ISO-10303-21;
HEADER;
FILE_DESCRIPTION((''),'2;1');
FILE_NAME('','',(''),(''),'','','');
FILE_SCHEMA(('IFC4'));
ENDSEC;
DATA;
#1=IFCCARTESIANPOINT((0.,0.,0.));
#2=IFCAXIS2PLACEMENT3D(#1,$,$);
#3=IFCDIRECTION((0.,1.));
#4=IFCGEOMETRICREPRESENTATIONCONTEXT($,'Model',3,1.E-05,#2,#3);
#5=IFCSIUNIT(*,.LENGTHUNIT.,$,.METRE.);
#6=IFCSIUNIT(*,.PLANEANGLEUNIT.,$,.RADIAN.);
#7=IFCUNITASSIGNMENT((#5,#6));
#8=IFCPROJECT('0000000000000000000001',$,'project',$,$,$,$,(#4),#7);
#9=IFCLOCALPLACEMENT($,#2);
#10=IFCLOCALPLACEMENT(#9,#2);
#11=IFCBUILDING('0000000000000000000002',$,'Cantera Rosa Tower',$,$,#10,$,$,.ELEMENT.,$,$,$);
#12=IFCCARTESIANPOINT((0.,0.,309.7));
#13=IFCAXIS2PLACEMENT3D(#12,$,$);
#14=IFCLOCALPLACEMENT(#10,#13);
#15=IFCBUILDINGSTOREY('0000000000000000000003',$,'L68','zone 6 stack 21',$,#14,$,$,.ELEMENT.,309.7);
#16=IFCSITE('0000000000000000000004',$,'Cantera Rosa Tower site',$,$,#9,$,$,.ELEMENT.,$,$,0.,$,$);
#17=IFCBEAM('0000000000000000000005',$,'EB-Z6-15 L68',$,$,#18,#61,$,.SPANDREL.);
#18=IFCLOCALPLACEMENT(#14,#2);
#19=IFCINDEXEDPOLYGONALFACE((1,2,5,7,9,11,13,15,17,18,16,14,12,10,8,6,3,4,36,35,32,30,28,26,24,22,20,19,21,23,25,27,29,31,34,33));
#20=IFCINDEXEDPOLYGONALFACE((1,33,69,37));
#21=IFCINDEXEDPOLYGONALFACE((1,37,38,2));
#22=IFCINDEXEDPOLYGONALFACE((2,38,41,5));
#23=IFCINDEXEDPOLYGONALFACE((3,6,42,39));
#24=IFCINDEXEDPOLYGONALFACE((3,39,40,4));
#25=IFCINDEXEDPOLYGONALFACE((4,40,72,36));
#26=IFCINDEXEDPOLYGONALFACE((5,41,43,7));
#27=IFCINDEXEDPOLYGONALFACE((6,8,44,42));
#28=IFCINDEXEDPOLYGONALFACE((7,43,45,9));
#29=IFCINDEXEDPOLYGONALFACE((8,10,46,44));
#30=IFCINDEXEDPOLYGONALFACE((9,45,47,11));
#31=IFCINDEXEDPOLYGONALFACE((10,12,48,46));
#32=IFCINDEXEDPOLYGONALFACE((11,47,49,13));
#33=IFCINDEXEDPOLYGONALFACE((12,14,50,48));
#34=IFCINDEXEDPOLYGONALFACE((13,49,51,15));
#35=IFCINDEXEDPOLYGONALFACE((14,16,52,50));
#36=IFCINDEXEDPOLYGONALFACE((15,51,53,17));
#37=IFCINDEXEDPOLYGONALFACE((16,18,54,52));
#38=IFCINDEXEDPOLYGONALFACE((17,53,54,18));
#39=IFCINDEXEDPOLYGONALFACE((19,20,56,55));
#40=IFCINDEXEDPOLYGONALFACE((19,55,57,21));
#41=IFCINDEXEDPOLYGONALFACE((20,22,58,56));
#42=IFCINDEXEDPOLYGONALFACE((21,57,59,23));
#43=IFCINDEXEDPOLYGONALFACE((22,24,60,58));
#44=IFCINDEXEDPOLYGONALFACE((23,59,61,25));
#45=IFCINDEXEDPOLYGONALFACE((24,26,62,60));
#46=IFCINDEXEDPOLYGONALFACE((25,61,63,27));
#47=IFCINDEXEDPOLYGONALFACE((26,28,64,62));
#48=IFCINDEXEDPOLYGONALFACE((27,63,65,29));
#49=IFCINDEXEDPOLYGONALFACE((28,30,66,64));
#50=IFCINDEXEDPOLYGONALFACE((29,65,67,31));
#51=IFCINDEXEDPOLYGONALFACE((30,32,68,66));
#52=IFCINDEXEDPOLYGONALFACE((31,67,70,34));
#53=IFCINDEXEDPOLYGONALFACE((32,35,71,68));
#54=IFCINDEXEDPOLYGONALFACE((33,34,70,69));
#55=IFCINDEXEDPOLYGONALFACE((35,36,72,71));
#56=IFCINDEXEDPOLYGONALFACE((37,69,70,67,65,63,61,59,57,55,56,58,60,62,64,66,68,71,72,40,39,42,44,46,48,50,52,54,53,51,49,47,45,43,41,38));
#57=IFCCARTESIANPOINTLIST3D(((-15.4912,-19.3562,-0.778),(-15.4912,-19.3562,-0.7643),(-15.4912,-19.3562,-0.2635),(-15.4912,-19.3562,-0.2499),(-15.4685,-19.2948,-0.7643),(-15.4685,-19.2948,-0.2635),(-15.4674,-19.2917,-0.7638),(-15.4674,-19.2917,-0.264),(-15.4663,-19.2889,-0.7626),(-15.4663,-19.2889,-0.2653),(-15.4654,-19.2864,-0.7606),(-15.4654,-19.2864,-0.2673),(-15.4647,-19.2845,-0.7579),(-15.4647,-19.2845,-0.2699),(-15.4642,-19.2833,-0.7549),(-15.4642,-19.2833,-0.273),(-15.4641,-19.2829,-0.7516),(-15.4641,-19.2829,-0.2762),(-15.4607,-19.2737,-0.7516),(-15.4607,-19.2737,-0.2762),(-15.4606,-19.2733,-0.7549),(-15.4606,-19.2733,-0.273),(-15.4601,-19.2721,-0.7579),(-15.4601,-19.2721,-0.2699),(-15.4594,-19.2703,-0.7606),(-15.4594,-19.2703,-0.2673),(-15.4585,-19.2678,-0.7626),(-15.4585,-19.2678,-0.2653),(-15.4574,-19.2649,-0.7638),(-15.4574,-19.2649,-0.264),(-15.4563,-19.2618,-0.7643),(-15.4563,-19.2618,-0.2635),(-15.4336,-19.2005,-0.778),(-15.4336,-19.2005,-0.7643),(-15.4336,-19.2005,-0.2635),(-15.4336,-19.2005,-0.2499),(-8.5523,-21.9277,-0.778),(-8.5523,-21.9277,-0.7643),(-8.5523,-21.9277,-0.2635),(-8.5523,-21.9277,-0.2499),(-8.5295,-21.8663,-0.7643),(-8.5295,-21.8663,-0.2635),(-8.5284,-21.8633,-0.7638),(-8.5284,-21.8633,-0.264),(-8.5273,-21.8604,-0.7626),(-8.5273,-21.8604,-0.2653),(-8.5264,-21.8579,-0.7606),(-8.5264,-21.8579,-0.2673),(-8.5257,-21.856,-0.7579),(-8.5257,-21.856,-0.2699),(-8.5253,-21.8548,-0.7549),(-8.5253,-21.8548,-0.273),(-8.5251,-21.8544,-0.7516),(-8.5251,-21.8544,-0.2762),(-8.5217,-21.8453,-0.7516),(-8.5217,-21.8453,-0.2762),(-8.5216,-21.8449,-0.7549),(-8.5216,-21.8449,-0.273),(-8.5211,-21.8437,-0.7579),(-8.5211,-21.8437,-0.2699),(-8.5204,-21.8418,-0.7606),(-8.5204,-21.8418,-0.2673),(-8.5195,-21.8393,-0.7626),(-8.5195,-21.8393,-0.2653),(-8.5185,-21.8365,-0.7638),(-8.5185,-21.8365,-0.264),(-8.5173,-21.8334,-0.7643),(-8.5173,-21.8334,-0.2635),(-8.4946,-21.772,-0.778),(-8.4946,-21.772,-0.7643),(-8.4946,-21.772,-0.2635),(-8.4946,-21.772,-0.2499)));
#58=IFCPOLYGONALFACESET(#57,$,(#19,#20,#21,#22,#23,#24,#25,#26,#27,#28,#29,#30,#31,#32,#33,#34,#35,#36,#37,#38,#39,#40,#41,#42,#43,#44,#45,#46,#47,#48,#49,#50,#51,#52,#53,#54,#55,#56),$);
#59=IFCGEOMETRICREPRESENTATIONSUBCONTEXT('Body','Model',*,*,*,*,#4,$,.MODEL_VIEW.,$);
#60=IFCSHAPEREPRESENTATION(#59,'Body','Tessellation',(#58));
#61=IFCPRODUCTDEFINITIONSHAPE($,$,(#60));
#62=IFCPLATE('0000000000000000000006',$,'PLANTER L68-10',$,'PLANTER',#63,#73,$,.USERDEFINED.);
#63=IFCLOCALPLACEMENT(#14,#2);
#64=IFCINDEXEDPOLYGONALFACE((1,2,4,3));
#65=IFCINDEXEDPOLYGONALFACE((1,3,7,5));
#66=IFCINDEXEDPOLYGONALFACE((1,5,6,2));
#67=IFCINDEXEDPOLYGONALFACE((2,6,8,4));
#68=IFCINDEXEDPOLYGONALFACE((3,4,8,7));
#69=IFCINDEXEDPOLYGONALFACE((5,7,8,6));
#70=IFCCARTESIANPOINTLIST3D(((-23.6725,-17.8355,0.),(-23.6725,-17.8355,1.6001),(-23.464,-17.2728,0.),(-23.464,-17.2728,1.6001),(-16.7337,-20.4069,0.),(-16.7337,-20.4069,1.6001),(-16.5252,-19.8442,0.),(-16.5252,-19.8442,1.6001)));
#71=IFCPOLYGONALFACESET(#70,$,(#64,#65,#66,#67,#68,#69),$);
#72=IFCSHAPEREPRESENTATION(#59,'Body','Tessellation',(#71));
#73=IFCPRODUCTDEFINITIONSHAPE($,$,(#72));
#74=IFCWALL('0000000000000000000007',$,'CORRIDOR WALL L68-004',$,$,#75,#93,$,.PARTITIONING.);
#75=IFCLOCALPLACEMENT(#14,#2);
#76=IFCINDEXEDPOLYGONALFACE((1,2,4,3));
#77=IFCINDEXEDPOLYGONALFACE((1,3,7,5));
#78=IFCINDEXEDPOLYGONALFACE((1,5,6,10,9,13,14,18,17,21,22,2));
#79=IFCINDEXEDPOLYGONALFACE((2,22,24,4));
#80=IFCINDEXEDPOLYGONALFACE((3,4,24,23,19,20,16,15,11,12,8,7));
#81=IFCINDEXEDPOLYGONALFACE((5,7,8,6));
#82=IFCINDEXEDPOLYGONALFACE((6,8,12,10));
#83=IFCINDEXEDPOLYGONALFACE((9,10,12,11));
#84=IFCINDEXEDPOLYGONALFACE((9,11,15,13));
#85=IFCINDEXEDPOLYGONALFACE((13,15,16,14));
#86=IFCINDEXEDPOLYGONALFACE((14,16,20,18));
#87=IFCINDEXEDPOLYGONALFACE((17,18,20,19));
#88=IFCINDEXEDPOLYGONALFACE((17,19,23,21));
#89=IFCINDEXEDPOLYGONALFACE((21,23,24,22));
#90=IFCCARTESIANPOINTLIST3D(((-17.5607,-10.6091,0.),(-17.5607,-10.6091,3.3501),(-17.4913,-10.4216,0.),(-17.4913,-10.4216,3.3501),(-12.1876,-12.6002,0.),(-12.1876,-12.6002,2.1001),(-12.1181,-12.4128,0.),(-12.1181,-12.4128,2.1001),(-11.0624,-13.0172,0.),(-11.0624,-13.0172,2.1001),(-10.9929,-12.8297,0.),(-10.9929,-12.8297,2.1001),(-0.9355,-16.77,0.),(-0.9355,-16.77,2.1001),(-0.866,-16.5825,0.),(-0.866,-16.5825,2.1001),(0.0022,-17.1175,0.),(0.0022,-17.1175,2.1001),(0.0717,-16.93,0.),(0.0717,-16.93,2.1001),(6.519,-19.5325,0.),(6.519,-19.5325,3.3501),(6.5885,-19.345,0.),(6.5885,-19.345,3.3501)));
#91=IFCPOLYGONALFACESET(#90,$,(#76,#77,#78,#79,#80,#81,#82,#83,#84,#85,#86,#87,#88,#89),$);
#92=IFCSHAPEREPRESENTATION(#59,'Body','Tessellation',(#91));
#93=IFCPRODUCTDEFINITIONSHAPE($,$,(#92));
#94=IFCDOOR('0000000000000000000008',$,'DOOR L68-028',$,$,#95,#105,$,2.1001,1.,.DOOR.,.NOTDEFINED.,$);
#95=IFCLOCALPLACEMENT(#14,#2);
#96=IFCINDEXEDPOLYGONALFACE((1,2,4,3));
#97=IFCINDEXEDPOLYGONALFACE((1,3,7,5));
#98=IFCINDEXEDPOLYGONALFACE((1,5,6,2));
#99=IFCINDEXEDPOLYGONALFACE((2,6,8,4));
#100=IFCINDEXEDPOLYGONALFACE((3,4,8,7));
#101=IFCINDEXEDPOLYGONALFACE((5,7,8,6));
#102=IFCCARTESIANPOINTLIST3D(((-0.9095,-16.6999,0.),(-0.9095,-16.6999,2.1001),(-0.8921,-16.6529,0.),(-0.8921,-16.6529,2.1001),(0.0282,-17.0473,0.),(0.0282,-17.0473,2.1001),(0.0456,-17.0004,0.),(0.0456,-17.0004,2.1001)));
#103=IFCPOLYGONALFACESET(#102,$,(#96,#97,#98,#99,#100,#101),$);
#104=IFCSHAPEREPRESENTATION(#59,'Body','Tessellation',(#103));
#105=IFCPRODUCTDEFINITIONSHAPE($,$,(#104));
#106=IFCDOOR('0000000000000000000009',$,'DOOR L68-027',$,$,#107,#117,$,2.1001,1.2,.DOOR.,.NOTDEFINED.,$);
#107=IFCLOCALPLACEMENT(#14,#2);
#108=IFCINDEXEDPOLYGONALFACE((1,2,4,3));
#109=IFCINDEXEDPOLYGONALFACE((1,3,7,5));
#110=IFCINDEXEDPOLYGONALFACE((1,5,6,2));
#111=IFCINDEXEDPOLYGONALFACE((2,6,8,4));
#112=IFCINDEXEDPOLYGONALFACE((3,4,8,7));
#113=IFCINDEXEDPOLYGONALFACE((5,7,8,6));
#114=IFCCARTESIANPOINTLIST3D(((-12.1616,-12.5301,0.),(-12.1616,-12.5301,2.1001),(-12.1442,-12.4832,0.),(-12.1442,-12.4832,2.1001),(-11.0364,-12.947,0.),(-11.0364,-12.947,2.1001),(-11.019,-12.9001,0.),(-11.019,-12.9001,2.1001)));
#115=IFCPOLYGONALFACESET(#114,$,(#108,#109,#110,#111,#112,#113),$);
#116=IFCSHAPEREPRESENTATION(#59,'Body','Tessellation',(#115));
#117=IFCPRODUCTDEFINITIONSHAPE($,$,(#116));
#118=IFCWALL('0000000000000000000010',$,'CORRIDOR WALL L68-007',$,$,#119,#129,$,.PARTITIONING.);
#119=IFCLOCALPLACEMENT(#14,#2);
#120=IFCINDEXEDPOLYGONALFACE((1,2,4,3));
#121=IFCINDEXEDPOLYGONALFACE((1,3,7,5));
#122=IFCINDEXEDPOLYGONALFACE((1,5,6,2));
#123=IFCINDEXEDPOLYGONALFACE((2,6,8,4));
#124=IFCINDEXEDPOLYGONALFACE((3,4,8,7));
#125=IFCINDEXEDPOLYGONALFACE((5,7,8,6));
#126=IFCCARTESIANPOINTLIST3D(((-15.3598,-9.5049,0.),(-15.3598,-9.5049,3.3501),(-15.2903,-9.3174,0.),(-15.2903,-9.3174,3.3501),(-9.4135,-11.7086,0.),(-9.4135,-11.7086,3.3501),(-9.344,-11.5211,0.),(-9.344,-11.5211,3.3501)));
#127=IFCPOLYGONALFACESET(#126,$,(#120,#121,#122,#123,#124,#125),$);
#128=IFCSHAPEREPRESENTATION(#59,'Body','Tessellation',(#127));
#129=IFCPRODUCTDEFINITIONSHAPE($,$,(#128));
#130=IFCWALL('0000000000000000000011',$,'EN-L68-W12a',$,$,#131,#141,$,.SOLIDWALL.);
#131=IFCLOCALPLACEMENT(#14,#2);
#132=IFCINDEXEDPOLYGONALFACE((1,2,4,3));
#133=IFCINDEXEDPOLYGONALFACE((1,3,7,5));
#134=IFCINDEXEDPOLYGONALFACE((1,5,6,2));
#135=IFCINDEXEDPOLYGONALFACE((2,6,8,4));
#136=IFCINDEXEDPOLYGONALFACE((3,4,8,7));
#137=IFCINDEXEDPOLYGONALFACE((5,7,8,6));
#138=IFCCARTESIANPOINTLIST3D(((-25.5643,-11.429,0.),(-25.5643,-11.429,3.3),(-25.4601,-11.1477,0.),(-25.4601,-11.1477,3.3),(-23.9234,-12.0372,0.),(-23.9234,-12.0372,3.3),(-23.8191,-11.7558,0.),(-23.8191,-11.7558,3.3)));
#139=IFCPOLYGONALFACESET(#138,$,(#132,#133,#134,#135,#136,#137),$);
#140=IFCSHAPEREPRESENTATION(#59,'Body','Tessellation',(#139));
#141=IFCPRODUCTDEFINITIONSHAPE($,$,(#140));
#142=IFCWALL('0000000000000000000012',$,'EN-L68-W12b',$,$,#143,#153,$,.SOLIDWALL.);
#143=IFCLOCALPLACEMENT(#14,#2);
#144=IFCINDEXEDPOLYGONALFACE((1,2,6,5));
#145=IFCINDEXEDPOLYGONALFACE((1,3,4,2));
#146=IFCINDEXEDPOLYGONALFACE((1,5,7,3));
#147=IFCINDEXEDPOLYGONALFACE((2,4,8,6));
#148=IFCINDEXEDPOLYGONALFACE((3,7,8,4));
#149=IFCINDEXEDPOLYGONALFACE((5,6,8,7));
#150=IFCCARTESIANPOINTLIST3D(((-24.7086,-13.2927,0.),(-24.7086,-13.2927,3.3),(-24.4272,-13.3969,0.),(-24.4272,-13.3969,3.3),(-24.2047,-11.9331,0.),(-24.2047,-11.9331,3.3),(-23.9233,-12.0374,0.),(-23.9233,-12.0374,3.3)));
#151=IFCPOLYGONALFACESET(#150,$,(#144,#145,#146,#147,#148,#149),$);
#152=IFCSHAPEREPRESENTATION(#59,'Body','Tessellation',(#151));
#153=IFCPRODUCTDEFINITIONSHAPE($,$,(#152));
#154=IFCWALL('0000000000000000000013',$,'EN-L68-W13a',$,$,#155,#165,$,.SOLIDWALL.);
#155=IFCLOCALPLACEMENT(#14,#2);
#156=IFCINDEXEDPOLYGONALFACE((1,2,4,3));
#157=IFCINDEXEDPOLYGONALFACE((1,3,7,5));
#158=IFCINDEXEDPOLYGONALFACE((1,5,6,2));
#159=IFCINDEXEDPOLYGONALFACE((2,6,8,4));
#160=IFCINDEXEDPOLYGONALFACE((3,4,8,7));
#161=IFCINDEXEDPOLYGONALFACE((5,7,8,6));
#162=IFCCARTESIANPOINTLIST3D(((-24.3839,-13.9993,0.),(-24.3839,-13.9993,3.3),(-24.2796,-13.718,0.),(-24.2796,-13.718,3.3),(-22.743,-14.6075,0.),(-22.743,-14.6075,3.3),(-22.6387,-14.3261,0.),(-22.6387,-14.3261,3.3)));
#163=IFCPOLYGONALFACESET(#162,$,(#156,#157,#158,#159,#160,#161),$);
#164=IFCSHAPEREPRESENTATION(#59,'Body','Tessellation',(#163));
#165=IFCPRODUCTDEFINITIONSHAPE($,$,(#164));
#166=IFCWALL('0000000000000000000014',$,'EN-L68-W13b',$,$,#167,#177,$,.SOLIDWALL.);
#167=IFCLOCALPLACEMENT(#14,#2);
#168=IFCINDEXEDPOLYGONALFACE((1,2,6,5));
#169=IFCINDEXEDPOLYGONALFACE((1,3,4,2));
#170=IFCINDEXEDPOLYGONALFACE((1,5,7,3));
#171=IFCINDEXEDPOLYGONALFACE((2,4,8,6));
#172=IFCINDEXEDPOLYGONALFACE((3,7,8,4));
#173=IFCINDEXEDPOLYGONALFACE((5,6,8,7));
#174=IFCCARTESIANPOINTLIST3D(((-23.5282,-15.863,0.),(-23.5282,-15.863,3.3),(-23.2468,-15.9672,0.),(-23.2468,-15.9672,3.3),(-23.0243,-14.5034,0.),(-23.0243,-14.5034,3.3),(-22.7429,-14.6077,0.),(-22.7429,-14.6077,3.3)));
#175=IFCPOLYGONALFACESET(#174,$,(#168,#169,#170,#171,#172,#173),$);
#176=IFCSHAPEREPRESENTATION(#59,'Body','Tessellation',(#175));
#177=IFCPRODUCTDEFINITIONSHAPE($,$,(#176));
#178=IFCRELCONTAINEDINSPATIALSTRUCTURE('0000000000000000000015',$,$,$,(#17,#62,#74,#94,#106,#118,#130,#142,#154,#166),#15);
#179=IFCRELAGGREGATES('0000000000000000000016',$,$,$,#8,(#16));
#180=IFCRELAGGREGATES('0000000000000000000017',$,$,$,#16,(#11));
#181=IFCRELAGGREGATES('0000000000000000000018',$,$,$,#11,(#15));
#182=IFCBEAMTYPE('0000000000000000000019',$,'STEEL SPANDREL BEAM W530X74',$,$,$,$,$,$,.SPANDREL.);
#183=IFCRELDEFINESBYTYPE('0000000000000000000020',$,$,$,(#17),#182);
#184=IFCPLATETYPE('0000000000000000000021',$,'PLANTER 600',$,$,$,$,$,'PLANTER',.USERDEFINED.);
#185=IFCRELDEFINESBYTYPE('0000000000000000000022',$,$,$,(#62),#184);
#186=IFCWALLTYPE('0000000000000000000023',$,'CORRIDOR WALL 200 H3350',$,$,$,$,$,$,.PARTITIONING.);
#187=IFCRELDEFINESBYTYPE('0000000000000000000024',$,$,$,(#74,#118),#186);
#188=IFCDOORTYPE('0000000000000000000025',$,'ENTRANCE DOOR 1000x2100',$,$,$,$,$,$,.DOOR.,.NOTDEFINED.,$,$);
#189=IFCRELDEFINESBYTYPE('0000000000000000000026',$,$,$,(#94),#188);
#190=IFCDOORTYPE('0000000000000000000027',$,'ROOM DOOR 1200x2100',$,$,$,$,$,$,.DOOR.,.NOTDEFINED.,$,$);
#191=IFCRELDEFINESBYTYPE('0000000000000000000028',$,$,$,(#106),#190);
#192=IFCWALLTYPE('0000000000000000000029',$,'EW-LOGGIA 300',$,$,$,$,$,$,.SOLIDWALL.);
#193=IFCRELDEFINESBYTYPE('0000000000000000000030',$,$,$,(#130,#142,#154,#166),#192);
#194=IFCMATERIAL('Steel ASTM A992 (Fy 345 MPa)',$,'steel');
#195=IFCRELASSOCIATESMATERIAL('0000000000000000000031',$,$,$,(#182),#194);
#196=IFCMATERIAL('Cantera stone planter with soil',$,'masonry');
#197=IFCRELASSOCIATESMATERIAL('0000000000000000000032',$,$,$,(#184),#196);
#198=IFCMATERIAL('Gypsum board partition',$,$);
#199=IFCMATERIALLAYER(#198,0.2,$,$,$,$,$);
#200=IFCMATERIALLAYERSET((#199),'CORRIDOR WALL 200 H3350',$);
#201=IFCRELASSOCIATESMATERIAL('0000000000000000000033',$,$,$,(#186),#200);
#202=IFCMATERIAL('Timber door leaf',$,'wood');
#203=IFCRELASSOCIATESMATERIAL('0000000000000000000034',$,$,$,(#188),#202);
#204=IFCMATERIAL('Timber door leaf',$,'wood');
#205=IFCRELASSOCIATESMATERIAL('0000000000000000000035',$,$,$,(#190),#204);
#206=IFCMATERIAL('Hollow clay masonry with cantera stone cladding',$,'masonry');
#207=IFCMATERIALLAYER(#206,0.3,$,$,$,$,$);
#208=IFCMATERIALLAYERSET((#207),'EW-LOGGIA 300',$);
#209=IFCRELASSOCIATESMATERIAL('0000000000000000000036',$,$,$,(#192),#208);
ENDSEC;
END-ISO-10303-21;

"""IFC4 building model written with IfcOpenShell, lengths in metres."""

from ifc_helpers import new_model, si_unit, direction, frame, frame_2d, origin, origin_2d, place, context, subcontext, project, spatial, rectangle, i_section, extrude, material, layer, layer_set, material_profile, profile_set, type_object, element, fill, save


model = new_model("IFC4")

# Units and contexts
model_context = context("Model", 3, precision=1e-05, world=origin(), true_north=direction((0.0, 1.0)))
body_context = subcontext(model_context, "Body", "Model", "MODEL_VIEW")
ifc_project = project(units=[si_unit("LENGTHUNIT", "METRE"), si_unit("PLANEANGLEUNIT", "RADIAN")], contexts=[model_context])

# Site, building, storey
site_placement = place(None, origin())
site = spatial("IfcSite", under=ifc_project, at=site_placement, Name="Cantera Rosa Tower site", CompositionType="ELEMENT", RefElevation=0.0)
building_placement = place(site_placement, origin())
building = spatial("IfcBuilding", under=site, at=building_placement, Name="Cantera Rosa Tower", CompositionType="ELEMENT")
storey_placement = place(building_placement, frame((0.0, 0.0, 309.7)))
storey = spatial("IfcBuildingStorey", under=building, at=storey_placement, Name="L68", Description="zone 6 stack 21", CompositionType="ELEMENT", Elevation=309.7)

# Beam
ifc_material_1 = material(Name="Steel ASTM A992 (Fy 345 MPa)", Category="steel")
ifc_material_profile_1 = material_profile(ifc_material_1, i_section(OverallWidth=0.166, OverallDepth=0.5281, WebThickness=0.0098, FlangeThickness=0.0137, FilletRadius=0.0127, at=origin_2d()), Name="W530X74")
ifc_profile_set_1 = profile_set([ifc_material_profile_1], Name="Steel ASTM A992 (Fy 345 MPa)")
beam_type_1 = type_object("IfcBeamType", Name="STEEL SPANDREL BEAM W530X74", PredefinedType="SPANDREL", material=ifc_profile_set_1)
beam_1_placement = place(storey_placement, frame((-15.4624, -19.2783, -0.5139), z_axis=(0.937681, -0.347498, 0.0), x_axis=(0.347498, 0.937681, 0.0)))
element("IfcBeam", 1, at=beam_1_placement, inside=storey, type_object=beam_type_1, Name="EB-Z6-15 L68", PredefinedType="SPANDREL", context=body_context, shape_type="SweptSolid", body=[
    extrude(i_section(OverallWidth=0.166, OverallDepth=0.5281, WebThickness=0.0098, FlangeThickness=0.0137, FilletRadius=0.0127, at=origin_2d()), origin(), (0.0, 0.0, 1.0), 7.4001),
])

# Plate
ifc_material_2 = material(Name="Cantera stone planter with soil", Category="masonry")
plate_type = type_object("IfcPlateType", Name="PLANTER 600", ElementType="PLANTER", PredefinedType="USERDEFINED", material=ifc_material_2)
plate_placement = place(storey_placement, frame((-20.0989, -18.8398, 0.0), z_axis=(0.0, 0.0, 1.0), x_axis=(0.937687, -0.347481, 0.0)))
element("IfcPlate", 2, at=plate_placement, inside=storey, type_object=plate_type, Name="PLANTER L68-10", ObjectType="PLANTER", PredefinedType="USERDEFINED", context=body_context, shape_type="SweptSolid", body=[
    extrude(rectangle(XDim=7.3999, YDim=0.6001, at=origin_2d()), origin(), (0.0, 0.0, 1.0), 1.6001),
])

# Wall, openings, doors
ifc_material_3 = material(Name="Gypsum board partition")
ifc_layer_1 = layer(ifc_material_3, 0.2)
ifc_layer_set_1 = layer_set([ifc_layer_1], Name="CORRIDOR WALL 200 H3350")
wall_type_1 = type_object("IfcWallType", Name="CORRIDOR WALL 200 H3350", PredefinedType="PARTITIONING", material=ifc_layer_set_1)
wall_1_placement = place(storey_placement, frame((-17.5259, -10.5154, 0.0), z_axis=(0.0, 0.0, 1.0), x_axis=(0.937686, -0.347485, 0.0)))
wall_1 = element("IfcWall", 3, at=wall_1_placement, inside=storey, type_object=wall_type_1, Name="CORRIDOR WALL L68-004", PredefinedType="PARTITIONING", context=body_context, shape_type="SweptSolid", body=[
    extrude(rectangle(XDim=25.6799, YDim=0.2, at=frame_2d((12.8398, 0.0))), origin(), (0.0, 0.0, 1.0), 3.3501),
])
opening_1_placement = place(wall_1_placement, frame((5.73, 0.0, 0.0)))
opening_1 = element("IfcOpeningElement", 4, at=opening_1_placement, cuts=wall_1, PredefinedType="OPENING", context=body_context, shape_type="SweptSolid", body=[
    extrude(rectangle(XDim=1.2, YDim=2.1001, at=frame_2d((0.6001, 1.05))), frame((0.0, 0.1099, 0.0), z_axis=(0.0, -1.0, 0.0), x_axis=(1.0, 0.0, 0.0)), (0.0, 0.0, 1.0), 0.22),
])
opening_2_placement = place(wall_1_placement, frame((17.73, 0.0, 0.0)))
opening_2 = element("IfcOpeningElement", 5, at=opening_2_placement, cuts=wall_1, PredefinedType="OPENING", context=body_context, shape_type="SweptSolid", body=[
    extrude(rectangle(XDim=1.0, YDim=2.1001, at=frame_2d((0.5, 1.05))), frame((0.0, 0.1099, 0.0), z_axis=(0.0, -1.0, 0.0), x_axis=(1.0, 0.0, 0.0)), (0.0, 0.0, 1.0), 0.22),
])
ifc_material_4 = material(Name="Timber door leaf", Category="wood")
door_type_1 = type_object("IfcDoorType", Name="ENTRANCE DOOR 1000x2100", OperationType="NOTDEFINED", PredefinedType="DOOR", material=ifc_material_4)
door_1_placement = place(opening_2_placement, origin())
door_1 = element("IfcDoor", 6, at=door_1_placement, inside=storey, type_object=door_type_1, Name="DOOR L68-028", OperationType="NOTDEFINED", OverallHeight=2.1001, OverallWidth=1.0, PredefinedType="DOOR", context=body_context, shape_type="SweptSolid", body=[
    extrude(rectangle(XDim=1.0, YDim=2.1001, at=frame_2d((0.5, 1.05))), frame((0.0, 0.0249, 0.0), z_axis=(0.0, -1.0, 0.0), x_axis=(1.0, 0.0, 0.0)), (0.0, 0.0, 1.0), 0.05),
])
fill(opening_2, door_1)
ifc_material_5 = material(Name="Timber door leaf", Category="wood")
door_type_2 = type_object("IfcDoorType", Name="ROOM DOOR 1200x2100", OperationType="NOTDEFINED", PredefinedType="DOOR", material=ifc_material_5)
door_2_placement = place(opening_1_placement, origin())
door_2 = element("IfcDoor", 7, at=door_2_placement, inside=storey, type_object=door_type_2, Name="DOOR L68-027", OperationType="NOTDEFINED", OverallHeight=2.1001, OverallWidth=1.2, PredefinedType="DOOR", context=body_context, shape_type="SweptSolid", body=[
    extrude(rectangle(XDim=1.2, YDim=2.1001, at=frame_2d((0.6001, 1.05))), frame((0.0, 0.0249, 0.0), z_axis=(0.0, -1.0, 0.0), x_axis=(1.0, 0.0, 0.0)), (0.0, 0.0, 1.0), 0.05),
])
fill(opening_1, door_2)

# Walls
wall_2_placement = place(storey_placement, frame((-15.3252, -9.4111, 0.0), z_axis=(0.0, 0.0, 1.0), x_axis=(0.937683, -0.347492, 0.0)))
element("IfcWall", 8, at=wall_2_placement, inside=storey, type_object=wall_type_1, Name="CORRIDOR WALL L68-007", PredefinedType="PARTITIONING", context=body_context, shape_type="SweptSolid", body=[
    extrude(rectangle(XDim=6.3416, YDim=0.2, at=frame_2d((3.1709, 0.0))), origin(), (0.0, 0.0, 1.0), 3.3501),
])
ifc_material_6 = material(Name="Hollow clay masonry with cantera stone cladding", Category="masonry")
ifc_layer_2 = layer(ifc_material_6, 0.3)
ifc_layer_set_2 = layer_set([ifc_layer_2], Name="EW-LOGGIA 300")
wall_type_2 = type_object("IfcWallType", Name="EW-LOGGIA 300", PredefinedType="SOLIDWALL", material=ifc_layer_set_2)
wall_3_placement = place(storey_placement, frame((-25.5122, -11.2883, 0.0), z_axis=(0.0, 0.0, 1.0), x_axis=(0.93767, -0.347528, 0.0)))
element("IfcWall", 9, at=wall_3_placement, inside=storey, type_object=wall_type_2, Name="EN-L68-W12a", PredefinedType="SOLIDWALL", context=body_context, shape_type="SweptSolid", body=[
    extrude(rectangle(XDim=1.75, YDim=0.3, at=frame_2d((0.875, 0.0))), origin(), (0.0, 0.0, 1.0), 3.3),
])
wall_4_placement = place(storey_placement, frame((-24.064, -11.9851, 0.0), z_axis=(0.0, 0.0, 1.0), x_axis=(-0.347523, -0.937672, 0.0)))
element("IfcWall", 10, at=wall_4_placement, inside=storey, type_object=wall_type_2, Name="EN-L68-W12b", PredefinedType="SOLIDWALL", context=body_context, shape_type="SweptSolid", body=[
    extrude(rectangle(XDim=1.45, YDim=0.3, at=frame_2d((0.7251, 0.0))), origin(), (0.0, 0.0, 1.0), 3.3),
])
wall_5_placement = place(storey_placement, frame((-24.3318, -13.8586, 0.0), z_axis=(0.0, 0.0, 1.0), x_axis=(0.93767, -0.347528, 0.0)))
element("IfcWall", 11, at=wall_5_placement, inside=storey, type_object=wall_type_2, Name="EN-L68-W13a", PredefinedType="SOLIDWALL", context=body_context, shape_type="SweptSolid", body=[
    extrude(rectangle(XDim=1.75, YDim=0.3, at=frame_2d((0.875, 0.0))), origin(), (0.0, 0.0, 1.0), 3.3),
])
wall_6_placement = place(storey_placement, frame((-22.8835, -14.5554, 0.0), z_axis=(0.0, 0.0, 1.0), x_axis=(-0.347523, -0.937672, 0.0)))
element("IfcWall", 12, at=wall_6_placement, inside=storey, type_object=wall_type_2, Name="EN-L68-W13b", PredefinedType="SOLIDWALL", context=body_context, shape_type="SweptSolid", body=[
    extrude(rectangle(XDim=1.45, YDim=0.3, at=frame_2d((0.7251, 0.0))), origin(), (0.0, 0.0, 1.0), 3.3),
])

save(model, "model.ifc")
